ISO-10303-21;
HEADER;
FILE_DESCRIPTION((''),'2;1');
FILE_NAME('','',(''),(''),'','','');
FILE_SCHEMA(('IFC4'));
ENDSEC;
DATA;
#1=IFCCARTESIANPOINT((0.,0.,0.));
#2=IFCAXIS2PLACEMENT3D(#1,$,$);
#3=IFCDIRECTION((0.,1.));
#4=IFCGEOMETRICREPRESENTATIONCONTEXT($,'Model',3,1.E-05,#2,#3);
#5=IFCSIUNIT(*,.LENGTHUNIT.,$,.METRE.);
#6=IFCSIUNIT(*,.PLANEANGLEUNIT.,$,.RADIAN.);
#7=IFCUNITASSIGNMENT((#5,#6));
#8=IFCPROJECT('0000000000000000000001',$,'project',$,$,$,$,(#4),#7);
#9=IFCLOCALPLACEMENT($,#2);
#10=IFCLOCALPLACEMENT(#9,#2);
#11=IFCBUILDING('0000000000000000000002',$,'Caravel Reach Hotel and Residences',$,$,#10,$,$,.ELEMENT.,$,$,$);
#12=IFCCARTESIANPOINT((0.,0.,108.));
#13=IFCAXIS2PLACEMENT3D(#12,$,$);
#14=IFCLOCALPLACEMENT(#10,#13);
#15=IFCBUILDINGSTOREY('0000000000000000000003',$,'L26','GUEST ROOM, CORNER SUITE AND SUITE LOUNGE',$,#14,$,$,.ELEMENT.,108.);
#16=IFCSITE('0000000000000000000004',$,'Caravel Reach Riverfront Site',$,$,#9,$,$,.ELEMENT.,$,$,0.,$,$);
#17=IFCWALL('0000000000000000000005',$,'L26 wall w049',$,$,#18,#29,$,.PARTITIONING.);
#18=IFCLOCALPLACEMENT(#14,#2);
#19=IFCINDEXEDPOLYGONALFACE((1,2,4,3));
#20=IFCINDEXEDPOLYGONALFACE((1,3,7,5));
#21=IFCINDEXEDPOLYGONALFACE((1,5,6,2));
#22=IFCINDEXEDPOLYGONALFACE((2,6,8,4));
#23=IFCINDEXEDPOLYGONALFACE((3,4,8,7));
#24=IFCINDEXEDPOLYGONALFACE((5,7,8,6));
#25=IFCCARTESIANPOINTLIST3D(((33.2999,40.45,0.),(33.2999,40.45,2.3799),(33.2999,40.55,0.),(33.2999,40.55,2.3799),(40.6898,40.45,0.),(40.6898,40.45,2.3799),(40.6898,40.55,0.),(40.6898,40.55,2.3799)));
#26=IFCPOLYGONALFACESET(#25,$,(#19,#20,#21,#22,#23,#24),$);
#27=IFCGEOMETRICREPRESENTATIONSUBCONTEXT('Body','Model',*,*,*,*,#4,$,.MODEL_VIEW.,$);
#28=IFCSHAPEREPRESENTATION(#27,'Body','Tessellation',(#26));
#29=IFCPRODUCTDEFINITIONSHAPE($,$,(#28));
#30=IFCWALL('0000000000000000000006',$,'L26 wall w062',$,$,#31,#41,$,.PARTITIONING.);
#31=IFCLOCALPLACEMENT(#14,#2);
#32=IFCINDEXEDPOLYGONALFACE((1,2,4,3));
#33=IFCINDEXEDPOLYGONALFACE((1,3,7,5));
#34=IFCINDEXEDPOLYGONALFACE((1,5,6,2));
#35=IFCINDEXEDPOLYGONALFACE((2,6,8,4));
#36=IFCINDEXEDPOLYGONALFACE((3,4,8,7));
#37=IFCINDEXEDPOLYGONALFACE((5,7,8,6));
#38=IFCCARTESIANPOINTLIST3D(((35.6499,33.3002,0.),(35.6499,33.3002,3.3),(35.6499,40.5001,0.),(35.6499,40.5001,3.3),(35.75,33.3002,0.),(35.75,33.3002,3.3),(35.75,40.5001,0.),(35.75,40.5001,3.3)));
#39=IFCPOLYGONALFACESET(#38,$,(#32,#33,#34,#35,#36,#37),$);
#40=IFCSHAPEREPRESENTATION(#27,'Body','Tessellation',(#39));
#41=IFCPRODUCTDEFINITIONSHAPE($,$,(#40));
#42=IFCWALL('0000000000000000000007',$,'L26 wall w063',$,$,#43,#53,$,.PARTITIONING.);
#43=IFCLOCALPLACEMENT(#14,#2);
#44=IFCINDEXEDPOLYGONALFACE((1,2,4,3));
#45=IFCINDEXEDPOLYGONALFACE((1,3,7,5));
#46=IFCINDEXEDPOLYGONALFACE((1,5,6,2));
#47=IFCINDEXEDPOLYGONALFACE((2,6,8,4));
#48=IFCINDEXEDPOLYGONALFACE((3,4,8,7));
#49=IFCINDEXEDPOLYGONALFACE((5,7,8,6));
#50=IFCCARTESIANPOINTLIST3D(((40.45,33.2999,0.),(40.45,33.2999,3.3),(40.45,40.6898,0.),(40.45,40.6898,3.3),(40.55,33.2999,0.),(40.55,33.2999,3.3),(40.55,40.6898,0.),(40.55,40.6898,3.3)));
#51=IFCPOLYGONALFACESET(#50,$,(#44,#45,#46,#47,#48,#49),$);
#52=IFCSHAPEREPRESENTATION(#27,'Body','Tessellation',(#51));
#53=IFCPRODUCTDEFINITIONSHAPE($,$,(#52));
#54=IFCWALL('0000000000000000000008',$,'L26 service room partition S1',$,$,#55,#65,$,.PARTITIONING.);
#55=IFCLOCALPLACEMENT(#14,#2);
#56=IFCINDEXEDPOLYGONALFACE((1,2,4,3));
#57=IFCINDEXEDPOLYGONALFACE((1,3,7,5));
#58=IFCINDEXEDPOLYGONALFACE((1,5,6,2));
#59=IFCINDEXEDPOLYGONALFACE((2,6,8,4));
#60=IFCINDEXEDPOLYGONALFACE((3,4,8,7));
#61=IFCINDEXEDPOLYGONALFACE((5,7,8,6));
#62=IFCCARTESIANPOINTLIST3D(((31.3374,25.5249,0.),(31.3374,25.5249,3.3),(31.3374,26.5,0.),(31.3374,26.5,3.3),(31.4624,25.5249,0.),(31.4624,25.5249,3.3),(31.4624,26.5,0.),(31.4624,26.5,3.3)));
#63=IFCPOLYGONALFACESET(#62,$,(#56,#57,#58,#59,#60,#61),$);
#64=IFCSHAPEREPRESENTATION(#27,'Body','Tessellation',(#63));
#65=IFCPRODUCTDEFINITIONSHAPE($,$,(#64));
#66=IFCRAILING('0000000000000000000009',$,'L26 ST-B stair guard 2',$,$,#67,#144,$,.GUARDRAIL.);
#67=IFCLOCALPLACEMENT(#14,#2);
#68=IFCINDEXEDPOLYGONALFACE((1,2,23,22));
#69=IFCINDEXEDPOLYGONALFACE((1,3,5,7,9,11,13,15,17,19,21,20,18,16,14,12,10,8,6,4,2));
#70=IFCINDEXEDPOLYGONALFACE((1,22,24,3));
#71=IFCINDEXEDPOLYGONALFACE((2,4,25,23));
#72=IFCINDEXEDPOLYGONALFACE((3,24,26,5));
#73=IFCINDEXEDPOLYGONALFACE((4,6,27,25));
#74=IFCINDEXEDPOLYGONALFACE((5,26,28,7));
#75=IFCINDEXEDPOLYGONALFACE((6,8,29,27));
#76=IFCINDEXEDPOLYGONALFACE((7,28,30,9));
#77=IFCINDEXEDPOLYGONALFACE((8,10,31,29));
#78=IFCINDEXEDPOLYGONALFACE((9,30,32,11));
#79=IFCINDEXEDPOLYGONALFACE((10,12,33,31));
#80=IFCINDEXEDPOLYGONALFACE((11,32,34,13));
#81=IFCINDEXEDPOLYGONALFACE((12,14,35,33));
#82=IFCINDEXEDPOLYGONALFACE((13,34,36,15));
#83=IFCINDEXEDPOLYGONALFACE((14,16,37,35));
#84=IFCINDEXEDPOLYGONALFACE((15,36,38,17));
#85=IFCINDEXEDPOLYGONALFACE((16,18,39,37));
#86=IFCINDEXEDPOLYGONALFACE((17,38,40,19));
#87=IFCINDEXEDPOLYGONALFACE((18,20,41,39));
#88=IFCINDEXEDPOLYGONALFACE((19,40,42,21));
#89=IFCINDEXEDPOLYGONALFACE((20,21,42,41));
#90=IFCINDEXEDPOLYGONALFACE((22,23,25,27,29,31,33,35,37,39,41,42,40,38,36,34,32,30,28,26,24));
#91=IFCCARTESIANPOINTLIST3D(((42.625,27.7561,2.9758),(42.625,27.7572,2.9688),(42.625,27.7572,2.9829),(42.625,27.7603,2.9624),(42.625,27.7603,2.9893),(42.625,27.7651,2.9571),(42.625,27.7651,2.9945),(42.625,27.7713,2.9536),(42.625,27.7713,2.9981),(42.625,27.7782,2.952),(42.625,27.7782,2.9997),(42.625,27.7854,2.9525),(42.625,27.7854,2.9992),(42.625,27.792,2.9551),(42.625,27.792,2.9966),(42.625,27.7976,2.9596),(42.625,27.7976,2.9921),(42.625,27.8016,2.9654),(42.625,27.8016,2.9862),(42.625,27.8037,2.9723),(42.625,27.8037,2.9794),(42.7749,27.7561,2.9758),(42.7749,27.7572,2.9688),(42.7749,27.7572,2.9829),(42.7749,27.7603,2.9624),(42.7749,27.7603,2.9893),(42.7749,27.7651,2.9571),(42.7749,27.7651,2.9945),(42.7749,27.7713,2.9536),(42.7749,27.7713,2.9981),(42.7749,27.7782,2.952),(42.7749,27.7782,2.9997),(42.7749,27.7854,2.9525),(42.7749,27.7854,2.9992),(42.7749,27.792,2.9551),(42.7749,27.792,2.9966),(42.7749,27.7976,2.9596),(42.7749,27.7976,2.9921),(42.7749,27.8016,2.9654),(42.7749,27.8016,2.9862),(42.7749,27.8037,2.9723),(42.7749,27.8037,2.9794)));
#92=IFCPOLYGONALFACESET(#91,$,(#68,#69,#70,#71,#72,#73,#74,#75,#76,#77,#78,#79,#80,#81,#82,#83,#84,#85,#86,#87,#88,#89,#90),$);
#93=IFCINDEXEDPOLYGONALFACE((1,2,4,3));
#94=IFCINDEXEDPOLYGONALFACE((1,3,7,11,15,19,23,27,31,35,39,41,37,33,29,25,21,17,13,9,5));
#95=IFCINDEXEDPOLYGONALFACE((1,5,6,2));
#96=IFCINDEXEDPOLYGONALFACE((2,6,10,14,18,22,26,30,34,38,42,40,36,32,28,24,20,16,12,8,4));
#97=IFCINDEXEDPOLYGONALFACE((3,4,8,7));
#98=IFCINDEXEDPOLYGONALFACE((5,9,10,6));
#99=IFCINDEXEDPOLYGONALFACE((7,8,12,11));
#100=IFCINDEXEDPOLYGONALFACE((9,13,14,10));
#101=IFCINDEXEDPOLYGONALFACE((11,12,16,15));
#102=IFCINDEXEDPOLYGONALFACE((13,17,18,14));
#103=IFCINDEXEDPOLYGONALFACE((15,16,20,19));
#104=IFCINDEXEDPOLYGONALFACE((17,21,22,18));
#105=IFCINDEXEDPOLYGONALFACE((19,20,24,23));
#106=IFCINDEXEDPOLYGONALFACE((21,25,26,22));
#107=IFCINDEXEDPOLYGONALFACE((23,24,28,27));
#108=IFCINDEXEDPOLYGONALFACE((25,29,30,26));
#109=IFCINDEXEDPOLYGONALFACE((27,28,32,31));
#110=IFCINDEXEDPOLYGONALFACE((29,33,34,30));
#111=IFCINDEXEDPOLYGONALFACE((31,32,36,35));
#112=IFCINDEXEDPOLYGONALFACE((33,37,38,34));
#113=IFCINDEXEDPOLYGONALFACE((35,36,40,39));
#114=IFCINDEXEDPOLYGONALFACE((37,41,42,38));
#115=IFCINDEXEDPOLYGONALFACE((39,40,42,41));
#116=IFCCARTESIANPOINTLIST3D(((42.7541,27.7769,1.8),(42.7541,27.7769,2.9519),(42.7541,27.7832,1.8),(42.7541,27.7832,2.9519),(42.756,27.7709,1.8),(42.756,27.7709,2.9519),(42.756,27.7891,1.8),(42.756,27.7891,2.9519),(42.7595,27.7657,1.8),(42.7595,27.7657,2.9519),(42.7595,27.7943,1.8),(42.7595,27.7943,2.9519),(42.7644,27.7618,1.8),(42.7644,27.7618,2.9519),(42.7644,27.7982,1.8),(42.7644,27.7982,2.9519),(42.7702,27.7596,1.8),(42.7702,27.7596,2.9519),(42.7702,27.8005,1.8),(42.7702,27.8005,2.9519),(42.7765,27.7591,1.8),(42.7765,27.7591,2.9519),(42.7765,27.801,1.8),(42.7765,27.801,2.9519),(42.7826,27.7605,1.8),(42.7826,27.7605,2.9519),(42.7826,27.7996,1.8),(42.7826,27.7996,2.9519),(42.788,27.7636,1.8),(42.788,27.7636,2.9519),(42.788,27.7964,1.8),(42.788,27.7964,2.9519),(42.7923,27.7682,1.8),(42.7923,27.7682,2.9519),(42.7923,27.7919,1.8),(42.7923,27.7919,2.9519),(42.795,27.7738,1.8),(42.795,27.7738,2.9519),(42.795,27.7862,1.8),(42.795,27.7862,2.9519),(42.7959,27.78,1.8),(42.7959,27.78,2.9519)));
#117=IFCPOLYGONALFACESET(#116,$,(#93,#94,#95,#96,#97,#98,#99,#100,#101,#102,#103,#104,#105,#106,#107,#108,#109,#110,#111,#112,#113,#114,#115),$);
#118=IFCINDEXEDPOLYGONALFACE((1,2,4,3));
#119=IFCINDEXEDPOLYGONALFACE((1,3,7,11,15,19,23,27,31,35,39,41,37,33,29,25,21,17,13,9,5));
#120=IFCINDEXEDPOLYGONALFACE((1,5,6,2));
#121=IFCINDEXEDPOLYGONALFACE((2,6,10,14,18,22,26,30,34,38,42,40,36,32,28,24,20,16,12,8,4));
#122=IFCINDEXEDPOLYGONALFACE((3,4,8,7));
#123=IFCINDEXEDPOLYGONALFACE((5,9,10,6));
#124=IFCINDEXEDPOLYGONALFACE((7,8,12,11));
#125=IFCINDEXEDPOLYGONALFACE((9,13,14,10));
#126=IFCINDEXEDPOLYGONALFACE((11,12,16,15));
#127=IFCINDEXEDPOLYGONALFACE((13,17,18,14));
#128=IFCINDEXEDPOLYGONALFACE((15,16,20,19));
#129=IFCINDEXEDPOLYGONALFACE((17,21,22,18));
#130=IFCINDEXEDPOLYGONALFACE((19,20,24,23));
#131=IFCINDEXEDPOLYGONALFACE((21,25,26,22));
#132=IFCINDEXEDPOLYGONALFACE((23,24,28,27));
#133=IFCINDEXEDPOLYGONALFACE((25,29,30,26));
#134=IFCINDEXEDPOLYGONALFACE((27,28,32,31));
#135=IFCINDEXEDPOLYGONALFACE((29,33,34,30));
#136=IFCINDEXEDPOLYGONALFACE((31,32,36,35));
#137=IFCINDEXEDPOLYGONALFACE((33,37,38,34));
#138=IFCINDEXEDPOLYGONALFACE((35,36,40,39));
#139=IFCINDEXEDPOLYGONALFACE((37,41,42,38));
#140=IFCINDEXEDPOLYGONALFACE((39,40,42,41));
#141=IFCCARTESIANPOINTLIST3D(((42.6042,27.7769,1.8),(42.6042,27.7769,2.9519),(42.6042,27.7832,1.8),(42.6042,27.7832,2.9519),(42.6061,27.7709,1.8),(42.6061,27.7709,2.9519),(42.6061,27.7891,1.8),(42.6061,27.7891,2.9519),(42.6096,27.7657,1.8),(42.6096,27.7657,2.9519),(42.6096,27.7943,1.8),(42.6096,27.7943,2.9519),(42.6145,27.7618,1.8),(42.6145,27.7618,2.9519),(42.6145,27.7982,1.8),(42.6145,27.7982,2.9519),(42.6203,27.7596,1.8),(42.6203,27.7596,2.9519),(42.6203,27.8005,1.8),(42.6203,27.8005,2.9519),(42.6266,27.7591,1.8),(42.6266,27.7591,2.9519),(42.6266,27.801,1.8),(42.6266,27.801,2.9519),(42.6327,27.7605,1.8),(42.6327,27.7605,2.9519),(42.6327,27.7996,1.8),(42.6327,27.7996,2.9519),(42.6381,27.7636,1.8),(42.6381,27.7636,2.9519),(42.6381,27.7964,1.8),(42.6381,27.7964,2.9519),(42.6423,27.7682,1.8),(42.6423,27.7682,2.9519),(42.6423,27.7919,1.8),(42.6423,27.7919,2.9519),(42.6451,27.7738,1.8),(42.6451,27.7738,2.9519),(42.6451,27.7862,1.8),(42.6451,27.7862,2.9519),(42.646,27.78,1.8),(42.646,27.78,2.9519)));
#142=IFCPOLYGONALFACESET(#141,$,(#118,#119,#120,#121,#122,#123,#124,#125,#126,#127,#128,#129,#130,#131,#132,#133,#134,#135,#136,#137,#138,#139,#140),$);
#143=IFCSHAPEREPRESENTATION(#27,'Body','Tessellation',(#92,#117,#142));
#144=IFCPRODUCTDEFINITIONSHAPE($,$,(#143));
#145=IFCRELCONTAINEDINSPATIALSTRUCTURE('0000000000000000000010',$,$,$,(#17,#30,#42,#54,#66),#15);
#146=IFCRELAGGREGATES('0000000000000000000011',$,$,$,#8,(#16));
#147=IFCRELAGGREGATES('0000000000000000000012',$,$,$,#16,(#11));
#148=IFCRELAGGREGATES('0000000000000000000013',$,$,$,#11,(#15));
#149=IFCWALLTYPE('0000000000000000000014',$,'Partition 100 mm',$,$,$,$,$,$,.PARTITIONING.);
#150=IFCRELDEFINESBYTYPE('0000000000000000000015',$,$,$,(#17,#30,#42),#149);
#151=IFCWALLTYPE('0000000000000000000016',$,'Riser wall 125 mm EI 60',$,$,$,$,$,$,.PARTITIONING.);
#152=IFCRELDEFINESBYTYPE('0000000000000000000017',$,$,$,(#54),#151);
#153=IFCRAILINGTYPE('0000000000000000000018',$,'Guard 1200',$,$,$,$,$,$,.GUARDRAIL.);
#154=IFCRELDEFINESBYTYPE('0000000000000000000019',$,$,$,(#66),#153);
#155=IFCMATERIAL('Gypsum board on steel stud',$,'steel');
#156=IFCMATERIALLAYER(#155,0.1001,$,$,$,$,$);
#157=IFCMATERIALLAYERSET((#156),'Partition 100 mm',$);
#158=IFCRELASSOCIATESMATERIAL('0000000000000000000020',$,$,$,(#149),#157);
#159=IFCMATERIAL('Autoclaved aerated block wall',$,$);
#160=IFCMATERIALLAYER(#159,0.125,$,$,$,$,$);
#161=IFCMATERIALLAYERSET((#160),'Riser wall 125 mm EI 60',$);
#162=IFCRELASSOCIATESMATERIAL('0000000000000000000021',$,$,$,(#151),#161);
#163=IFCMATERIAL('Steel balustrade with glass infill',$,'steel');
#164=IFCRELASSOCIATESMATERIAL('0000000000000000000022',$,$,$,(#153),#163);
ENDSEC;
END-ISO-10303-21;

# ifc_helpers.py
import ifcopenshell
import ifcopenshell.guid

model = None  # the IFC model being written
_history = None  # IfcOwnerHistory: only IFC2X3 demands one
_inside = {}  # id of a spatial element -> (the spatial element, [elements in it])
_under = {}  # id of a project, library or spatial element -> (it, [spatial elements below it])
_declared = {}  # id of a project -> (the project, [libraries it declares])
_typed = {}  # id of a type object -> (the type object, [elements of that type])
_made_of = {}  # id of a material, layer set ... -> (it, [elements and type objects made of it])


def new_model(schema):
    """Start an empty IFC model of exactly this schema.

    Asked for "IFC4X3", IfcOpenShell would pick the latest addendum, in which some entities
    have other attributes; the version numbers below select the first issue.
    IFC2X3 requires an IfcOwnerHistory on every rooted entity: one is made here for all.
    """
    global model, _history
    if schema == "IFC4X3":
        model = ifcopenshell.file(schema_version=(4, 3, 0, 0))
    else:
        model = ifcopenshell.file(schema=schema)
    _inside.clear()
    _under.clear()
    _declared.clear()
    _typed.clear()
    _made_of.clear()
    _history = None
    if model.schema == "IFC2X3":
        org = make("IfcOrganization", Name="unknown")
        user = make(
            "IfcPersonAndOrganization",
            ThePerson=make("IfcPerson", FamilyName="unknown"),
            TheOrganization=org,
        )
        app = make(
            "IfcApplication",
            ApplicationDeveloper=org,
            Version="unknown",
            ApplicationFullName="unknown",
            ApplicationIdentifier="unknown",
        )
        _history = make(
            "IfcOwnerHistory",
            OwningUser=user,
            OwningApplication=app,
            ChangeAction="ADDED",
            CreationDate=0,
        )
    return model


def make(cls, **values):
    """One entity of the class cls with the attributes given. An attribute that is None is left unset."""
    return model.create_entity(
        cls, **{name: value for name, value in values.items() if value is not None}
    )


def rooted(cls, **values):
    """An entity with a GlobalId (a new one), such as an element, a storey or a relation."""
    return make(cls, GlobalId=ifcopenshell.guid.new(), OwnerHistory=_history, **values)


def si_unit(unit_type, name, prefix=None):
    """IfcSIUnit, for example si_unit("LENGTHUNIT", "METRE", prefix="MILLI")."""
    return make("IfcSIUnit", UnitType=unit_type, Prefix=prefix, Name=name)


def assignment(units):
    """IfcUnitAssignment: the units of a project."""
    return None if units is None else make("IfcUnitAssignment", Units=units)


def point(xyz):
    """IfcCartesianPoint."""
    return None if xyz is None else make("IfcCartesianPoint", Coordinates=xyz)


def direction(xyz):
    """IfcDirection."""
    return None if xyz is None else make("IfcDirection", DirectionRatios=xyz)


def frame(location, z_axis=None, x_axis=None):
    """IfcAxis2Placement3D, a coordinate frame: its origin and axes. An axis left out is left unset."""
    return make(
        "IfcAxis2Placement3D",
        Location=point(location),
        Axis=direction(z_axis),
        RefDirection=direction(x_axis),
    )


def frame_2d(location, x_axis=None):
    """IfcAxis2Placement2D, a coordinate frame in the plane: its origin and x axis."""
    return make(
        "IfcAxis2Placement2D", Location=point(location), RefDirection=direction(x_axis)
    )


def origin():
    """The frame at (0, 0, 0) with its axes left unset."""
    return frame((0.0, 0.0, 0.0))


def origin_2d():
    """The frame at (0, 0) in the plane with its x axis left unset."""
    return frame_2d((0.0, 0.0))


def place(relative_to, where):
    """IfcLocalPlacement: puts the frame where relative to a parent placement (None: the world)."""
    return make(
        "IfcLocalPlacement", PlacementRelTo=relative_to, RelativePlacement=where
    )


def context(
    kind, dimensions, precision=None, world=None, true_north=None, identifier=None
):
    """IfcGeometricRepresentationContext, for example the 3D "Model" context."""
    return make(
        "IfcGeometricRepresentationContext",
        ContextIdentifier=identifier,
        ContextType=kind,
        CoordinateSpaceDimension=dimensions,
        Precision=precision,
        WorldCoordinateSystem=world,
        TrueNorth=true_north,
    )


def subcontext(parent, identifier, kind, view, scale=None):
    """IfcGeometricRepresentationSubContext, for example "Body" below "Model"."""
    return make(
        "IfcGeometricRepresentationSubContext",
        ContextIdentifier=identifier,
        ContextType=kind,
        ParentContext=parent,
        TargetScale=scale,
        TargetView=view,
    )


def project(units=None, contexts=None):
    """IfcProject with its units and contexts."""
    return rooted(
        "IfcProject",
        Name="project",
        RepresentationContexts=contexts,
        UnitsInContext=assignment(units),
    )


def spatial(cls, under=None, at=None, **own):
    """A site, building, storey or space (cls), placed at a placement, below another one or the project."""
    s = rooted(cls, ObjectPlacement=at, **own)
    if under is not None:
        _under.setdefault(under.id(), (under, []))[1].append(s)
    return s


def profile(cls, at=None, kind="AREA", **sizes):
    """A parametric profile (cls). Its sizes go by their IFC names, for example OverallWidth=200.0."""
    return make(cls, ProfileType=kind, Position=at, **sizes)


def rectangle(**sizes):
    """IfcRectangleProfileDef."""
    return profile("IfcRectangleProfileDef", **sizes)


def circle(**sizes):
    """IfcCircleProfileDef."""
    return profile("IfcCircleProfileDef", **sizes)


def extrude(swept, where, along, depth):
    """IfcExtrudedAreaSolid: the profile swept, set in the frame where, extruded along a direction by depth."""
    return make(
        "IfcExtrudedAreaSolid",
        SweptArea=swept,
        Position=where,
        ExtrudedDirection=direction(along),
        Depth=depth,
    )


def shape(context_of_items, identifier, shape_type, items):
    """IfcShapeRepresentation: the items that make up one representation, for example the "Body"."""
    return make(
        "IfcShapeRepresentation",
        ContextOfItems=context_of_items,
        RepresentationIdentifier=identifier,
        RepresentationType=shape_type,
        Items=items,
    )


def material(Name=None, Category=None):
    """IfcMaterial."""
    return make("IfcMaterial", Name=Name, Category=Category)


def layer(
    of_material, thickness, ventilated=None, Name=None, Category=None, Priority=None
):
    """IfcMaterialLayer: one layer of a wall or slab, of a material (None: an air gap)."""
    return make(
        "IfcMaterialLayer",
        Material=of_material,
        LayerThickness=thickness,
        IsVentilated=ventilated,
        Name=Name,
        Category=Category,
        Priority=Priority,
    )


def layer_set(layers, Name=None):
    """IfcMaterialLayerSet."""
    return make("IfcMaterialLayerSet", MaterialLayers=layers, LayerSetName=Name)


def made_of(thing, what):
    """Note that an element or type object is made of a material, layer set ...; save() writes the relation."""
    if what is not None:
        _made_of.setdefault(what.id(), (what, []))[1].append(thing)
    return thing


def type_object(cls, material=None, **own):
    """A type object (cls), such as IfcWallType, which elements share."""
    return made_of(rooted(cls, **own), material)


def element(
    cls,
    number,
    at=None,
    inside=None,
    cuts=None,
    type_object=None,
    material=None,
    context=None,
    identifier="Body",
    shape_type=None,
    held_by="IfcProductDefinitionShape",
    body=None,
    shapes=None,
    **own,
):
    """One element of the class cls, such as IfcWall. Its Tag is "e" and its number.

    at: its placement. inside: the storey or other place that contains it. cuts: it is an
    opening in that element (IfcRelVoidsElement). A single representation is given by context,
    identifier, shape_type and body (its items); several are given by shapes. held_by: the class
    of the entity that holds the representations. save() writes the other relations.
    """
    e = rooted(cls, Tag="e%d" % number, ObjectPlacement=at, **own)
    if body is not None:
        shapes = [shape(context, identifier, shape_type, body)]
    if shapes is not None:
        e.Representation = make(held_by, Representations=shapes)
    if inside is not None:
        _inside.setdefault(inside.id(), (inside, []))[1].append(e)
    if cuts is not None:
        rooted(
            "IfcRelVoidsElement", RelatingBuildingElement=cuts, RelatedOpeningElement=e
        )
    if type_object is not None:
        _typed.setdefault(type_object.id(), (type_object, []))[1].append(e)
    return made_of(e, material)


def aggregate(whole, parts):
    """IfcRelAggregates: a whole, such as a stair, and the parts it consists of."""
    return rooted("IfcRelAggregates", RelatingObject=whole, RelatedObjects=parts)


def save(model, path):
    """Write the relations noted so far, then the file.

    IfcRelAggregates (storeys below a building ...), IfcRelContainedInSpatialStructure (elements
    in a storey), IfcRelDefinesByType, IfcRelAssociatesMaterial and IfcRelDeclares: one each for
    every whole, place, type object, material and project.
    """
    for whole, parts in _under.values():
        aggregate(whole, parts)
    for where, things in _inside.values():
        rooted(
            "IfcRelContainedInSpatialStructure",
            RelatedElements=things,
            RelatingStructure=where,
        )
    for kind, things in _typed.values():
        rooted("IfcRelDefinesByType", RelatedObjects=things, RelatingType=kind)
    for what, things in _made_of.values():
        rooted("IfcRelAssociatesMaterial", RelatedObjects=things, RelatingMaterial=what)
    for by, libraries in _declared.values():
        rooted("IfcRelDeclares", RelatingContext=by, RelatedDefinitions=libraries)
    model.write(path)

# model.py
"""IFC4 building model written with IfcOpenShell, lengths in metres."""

from ifc_helpers import new_model, si_unit, direction, frame, frame_2d, origin, origin_2d, place, context, subcontext, project, spatial, rectangle, circle, extrude, material, layer, layer_set, type_object, element, save


model = new_model("IFC4")

# Units and contexts
model_context = context("Model", 3, precision=1e-05, world=origin(), true_north=direction((0.0, 1.0)))
body_context = subcontext(model_context, "Body", "Model", "MODEL_VIEW")
ifc_project = project(units=[si_unit("LENGTHUNIT", "METRE"), si_unit("PLANEANGLEUNIT", "RADIAN")], contexts=[model_context])

# Site, building, storey
site_placement = place(None, origin())
site = spatial("IfcSite", under=ifc_project, at=site_placement, Name="Caravel Reach Riverfront Site", CompositionType="ELEMENT", RefElevation=0.0)
building_placement = place(site_placement, origin())
building = spatial("IfcBuilding", under=site, at=building_placement, Name="Caravel Reach Hotel and Residences", CompositionType="ELEMENT")
storey_placement = place(building_placement, frame((0.0, 0.0, 108.0)))
storey = spatial("IfcBuildingStorey", under=building, at=storey_placement, Name="L26", Description="GUEST ROOM, CORNER SUITE AND SUITE LOUNGE", CompositionType="ELEMENT", Elevation=108.0)

# Walls
ifc_material_1 = material(Name="Gypsum board on steel stud", Category="steel")
ifc_layer_1 = layer(ifc_material_1, 0.1001)
ifc_layer_set_1 = layer_set([ifc_layer_1], Name="Partition 100 mm")
wall_type_1 = type_object("IfcWallType", Name="Partition 100 mm", PredefinedType="PARTITIONING", material=ifc_layer_set_1)
wall_1_placement = place(storey_placement, frame((33.3, 40.5, 0.0), z_axis=(0.0, 0.0, 1.0), x_axis=(1.0, 0.0, 0.0)))
element("IfcWall", 1, at=wall_1_placement, inside=storey, type_object=wall_type_1, Name="L26 wall w049", PredefinedType="PARTITIONING", context=body_context, shape_type="SweptSolid", body=[
    extrude(rectangle(XDim=7.3899, YDim=0.1001, at=frame_2d((3.6948, 0.0))), origin(), (0.0, 0.0, 1.0), 2.3799),
])
wall_2_placement = place(storey_placement, frame((35.7, 33.3, 0.0), z_axis=(0.0, 0.0, 1.0), x_axis=(0.0, 1.0, 0.0)))
element("IfcWall", 2, at=wall_2_placement, inside=storey, type_object=wall_type_1, Name="L26 wall w062", PredefinedType="PARTITIONING", context=body_context, shape_type="SweptSolid", body=[
    extrude(rectangle(XDim=7.2, YDim=0.1001, at=frame_2d((3.6001, 0.0))), origin(), (0.0, 0.0, 1.0), 3.3),
])
wall_3_placement = place(storey_placement, frame((40.5, 33.3, 0.0), z_axis=(0.0, 0.0, 1.0), x_axis=(0.0, 1.0, 0.0)))
element("IfcWall", 3, at=wall_3_placement, inside=storey, type_object=wall_type_1, Name="L26 wall w063", PredefinedType="PARTITIONING", context=body_context, shape_type="SweptSolid", body=[
    extrude(rectangle(XDim=7.3899, YDim=0.1001, at=frame_2d((3.6948, 0.0))), origin(), (0.0, 0.0, 1.0), 3.3),
])
ifc_material_2 = material(Name="Autoclaved aerated block wall")
ifc_layer_2 = layer(ifc_material_2, 0.125)
ifc_layer_set_2 = layer_set([ifc_layer_2], Name="Riser wall 125 mm EI 60")
wall_type_2 = type_object("IfcWallType", Name="Riser wall 125 mm EI 60", PredefinedType="PARTITIONING", material=ifc_layer_set_2)
wall_4_placement = place(storey_placement, frame((31.3999, 25.5249, 0.0), z_axis=(0.0, 0.0, 1.0), x_axis=(0.0, 1.0, 0.0)))
element("IfcWall", 4, at=wall_4_placement, inside=storey, type_object=wall_type_2, Name="L26 service room partition S1", PredefinedType="PARTITIONING", context=body_context, shape_type="SweptSolid", body=[
    extrude(rectangle(XDim=0.9751, YDim=0.125, at=frame_2d((0.4875, 0.0))), origin(), (0.0, 0.0, 1.0), 3.3),
])

# Railing
ifc_material_3 = material(Name="Steel balustrade with glass infill", Category="steel")
railing_type_1 = type_object("IfcRailingType", Name="Guard 1200", PredefinedType="GUARDRAIL", material=ifc_material_3)
railing_1_placement = place(storey_placement, frame((42.7749, 27.78, 1.8)))
element("IfcRailing", 5, at=railing_1_placement, inside=storey, type_object=railing_type_1, Name="L26 ST-B stair guard 2", PredefinedType="GUARDRAIL", context=body_context, shape_type="SweptSolid", body=[
    extrude(circle(Radius=0.0239, at=origin_2d()), frame((0.0, 0.0, 1.1758), z_axis=(-1.0, 0.0, 0.0), x_axis=(0.0, -1.0, 0.0)), (0.0, 0.0, 1.0), 0.1499),
    extrude(circle(Radius=0.021, at=origin_2d()), origin(), (0.0, 0.0, 1.0), 1.1519),
    extrude(circle(Radius=0.021, at=origin_2d()), frame((-0.1499, 0.0, 0.0)), (0.0, 0.0, 1.0), 1.1519),
])

save(model, "model.ifc")
